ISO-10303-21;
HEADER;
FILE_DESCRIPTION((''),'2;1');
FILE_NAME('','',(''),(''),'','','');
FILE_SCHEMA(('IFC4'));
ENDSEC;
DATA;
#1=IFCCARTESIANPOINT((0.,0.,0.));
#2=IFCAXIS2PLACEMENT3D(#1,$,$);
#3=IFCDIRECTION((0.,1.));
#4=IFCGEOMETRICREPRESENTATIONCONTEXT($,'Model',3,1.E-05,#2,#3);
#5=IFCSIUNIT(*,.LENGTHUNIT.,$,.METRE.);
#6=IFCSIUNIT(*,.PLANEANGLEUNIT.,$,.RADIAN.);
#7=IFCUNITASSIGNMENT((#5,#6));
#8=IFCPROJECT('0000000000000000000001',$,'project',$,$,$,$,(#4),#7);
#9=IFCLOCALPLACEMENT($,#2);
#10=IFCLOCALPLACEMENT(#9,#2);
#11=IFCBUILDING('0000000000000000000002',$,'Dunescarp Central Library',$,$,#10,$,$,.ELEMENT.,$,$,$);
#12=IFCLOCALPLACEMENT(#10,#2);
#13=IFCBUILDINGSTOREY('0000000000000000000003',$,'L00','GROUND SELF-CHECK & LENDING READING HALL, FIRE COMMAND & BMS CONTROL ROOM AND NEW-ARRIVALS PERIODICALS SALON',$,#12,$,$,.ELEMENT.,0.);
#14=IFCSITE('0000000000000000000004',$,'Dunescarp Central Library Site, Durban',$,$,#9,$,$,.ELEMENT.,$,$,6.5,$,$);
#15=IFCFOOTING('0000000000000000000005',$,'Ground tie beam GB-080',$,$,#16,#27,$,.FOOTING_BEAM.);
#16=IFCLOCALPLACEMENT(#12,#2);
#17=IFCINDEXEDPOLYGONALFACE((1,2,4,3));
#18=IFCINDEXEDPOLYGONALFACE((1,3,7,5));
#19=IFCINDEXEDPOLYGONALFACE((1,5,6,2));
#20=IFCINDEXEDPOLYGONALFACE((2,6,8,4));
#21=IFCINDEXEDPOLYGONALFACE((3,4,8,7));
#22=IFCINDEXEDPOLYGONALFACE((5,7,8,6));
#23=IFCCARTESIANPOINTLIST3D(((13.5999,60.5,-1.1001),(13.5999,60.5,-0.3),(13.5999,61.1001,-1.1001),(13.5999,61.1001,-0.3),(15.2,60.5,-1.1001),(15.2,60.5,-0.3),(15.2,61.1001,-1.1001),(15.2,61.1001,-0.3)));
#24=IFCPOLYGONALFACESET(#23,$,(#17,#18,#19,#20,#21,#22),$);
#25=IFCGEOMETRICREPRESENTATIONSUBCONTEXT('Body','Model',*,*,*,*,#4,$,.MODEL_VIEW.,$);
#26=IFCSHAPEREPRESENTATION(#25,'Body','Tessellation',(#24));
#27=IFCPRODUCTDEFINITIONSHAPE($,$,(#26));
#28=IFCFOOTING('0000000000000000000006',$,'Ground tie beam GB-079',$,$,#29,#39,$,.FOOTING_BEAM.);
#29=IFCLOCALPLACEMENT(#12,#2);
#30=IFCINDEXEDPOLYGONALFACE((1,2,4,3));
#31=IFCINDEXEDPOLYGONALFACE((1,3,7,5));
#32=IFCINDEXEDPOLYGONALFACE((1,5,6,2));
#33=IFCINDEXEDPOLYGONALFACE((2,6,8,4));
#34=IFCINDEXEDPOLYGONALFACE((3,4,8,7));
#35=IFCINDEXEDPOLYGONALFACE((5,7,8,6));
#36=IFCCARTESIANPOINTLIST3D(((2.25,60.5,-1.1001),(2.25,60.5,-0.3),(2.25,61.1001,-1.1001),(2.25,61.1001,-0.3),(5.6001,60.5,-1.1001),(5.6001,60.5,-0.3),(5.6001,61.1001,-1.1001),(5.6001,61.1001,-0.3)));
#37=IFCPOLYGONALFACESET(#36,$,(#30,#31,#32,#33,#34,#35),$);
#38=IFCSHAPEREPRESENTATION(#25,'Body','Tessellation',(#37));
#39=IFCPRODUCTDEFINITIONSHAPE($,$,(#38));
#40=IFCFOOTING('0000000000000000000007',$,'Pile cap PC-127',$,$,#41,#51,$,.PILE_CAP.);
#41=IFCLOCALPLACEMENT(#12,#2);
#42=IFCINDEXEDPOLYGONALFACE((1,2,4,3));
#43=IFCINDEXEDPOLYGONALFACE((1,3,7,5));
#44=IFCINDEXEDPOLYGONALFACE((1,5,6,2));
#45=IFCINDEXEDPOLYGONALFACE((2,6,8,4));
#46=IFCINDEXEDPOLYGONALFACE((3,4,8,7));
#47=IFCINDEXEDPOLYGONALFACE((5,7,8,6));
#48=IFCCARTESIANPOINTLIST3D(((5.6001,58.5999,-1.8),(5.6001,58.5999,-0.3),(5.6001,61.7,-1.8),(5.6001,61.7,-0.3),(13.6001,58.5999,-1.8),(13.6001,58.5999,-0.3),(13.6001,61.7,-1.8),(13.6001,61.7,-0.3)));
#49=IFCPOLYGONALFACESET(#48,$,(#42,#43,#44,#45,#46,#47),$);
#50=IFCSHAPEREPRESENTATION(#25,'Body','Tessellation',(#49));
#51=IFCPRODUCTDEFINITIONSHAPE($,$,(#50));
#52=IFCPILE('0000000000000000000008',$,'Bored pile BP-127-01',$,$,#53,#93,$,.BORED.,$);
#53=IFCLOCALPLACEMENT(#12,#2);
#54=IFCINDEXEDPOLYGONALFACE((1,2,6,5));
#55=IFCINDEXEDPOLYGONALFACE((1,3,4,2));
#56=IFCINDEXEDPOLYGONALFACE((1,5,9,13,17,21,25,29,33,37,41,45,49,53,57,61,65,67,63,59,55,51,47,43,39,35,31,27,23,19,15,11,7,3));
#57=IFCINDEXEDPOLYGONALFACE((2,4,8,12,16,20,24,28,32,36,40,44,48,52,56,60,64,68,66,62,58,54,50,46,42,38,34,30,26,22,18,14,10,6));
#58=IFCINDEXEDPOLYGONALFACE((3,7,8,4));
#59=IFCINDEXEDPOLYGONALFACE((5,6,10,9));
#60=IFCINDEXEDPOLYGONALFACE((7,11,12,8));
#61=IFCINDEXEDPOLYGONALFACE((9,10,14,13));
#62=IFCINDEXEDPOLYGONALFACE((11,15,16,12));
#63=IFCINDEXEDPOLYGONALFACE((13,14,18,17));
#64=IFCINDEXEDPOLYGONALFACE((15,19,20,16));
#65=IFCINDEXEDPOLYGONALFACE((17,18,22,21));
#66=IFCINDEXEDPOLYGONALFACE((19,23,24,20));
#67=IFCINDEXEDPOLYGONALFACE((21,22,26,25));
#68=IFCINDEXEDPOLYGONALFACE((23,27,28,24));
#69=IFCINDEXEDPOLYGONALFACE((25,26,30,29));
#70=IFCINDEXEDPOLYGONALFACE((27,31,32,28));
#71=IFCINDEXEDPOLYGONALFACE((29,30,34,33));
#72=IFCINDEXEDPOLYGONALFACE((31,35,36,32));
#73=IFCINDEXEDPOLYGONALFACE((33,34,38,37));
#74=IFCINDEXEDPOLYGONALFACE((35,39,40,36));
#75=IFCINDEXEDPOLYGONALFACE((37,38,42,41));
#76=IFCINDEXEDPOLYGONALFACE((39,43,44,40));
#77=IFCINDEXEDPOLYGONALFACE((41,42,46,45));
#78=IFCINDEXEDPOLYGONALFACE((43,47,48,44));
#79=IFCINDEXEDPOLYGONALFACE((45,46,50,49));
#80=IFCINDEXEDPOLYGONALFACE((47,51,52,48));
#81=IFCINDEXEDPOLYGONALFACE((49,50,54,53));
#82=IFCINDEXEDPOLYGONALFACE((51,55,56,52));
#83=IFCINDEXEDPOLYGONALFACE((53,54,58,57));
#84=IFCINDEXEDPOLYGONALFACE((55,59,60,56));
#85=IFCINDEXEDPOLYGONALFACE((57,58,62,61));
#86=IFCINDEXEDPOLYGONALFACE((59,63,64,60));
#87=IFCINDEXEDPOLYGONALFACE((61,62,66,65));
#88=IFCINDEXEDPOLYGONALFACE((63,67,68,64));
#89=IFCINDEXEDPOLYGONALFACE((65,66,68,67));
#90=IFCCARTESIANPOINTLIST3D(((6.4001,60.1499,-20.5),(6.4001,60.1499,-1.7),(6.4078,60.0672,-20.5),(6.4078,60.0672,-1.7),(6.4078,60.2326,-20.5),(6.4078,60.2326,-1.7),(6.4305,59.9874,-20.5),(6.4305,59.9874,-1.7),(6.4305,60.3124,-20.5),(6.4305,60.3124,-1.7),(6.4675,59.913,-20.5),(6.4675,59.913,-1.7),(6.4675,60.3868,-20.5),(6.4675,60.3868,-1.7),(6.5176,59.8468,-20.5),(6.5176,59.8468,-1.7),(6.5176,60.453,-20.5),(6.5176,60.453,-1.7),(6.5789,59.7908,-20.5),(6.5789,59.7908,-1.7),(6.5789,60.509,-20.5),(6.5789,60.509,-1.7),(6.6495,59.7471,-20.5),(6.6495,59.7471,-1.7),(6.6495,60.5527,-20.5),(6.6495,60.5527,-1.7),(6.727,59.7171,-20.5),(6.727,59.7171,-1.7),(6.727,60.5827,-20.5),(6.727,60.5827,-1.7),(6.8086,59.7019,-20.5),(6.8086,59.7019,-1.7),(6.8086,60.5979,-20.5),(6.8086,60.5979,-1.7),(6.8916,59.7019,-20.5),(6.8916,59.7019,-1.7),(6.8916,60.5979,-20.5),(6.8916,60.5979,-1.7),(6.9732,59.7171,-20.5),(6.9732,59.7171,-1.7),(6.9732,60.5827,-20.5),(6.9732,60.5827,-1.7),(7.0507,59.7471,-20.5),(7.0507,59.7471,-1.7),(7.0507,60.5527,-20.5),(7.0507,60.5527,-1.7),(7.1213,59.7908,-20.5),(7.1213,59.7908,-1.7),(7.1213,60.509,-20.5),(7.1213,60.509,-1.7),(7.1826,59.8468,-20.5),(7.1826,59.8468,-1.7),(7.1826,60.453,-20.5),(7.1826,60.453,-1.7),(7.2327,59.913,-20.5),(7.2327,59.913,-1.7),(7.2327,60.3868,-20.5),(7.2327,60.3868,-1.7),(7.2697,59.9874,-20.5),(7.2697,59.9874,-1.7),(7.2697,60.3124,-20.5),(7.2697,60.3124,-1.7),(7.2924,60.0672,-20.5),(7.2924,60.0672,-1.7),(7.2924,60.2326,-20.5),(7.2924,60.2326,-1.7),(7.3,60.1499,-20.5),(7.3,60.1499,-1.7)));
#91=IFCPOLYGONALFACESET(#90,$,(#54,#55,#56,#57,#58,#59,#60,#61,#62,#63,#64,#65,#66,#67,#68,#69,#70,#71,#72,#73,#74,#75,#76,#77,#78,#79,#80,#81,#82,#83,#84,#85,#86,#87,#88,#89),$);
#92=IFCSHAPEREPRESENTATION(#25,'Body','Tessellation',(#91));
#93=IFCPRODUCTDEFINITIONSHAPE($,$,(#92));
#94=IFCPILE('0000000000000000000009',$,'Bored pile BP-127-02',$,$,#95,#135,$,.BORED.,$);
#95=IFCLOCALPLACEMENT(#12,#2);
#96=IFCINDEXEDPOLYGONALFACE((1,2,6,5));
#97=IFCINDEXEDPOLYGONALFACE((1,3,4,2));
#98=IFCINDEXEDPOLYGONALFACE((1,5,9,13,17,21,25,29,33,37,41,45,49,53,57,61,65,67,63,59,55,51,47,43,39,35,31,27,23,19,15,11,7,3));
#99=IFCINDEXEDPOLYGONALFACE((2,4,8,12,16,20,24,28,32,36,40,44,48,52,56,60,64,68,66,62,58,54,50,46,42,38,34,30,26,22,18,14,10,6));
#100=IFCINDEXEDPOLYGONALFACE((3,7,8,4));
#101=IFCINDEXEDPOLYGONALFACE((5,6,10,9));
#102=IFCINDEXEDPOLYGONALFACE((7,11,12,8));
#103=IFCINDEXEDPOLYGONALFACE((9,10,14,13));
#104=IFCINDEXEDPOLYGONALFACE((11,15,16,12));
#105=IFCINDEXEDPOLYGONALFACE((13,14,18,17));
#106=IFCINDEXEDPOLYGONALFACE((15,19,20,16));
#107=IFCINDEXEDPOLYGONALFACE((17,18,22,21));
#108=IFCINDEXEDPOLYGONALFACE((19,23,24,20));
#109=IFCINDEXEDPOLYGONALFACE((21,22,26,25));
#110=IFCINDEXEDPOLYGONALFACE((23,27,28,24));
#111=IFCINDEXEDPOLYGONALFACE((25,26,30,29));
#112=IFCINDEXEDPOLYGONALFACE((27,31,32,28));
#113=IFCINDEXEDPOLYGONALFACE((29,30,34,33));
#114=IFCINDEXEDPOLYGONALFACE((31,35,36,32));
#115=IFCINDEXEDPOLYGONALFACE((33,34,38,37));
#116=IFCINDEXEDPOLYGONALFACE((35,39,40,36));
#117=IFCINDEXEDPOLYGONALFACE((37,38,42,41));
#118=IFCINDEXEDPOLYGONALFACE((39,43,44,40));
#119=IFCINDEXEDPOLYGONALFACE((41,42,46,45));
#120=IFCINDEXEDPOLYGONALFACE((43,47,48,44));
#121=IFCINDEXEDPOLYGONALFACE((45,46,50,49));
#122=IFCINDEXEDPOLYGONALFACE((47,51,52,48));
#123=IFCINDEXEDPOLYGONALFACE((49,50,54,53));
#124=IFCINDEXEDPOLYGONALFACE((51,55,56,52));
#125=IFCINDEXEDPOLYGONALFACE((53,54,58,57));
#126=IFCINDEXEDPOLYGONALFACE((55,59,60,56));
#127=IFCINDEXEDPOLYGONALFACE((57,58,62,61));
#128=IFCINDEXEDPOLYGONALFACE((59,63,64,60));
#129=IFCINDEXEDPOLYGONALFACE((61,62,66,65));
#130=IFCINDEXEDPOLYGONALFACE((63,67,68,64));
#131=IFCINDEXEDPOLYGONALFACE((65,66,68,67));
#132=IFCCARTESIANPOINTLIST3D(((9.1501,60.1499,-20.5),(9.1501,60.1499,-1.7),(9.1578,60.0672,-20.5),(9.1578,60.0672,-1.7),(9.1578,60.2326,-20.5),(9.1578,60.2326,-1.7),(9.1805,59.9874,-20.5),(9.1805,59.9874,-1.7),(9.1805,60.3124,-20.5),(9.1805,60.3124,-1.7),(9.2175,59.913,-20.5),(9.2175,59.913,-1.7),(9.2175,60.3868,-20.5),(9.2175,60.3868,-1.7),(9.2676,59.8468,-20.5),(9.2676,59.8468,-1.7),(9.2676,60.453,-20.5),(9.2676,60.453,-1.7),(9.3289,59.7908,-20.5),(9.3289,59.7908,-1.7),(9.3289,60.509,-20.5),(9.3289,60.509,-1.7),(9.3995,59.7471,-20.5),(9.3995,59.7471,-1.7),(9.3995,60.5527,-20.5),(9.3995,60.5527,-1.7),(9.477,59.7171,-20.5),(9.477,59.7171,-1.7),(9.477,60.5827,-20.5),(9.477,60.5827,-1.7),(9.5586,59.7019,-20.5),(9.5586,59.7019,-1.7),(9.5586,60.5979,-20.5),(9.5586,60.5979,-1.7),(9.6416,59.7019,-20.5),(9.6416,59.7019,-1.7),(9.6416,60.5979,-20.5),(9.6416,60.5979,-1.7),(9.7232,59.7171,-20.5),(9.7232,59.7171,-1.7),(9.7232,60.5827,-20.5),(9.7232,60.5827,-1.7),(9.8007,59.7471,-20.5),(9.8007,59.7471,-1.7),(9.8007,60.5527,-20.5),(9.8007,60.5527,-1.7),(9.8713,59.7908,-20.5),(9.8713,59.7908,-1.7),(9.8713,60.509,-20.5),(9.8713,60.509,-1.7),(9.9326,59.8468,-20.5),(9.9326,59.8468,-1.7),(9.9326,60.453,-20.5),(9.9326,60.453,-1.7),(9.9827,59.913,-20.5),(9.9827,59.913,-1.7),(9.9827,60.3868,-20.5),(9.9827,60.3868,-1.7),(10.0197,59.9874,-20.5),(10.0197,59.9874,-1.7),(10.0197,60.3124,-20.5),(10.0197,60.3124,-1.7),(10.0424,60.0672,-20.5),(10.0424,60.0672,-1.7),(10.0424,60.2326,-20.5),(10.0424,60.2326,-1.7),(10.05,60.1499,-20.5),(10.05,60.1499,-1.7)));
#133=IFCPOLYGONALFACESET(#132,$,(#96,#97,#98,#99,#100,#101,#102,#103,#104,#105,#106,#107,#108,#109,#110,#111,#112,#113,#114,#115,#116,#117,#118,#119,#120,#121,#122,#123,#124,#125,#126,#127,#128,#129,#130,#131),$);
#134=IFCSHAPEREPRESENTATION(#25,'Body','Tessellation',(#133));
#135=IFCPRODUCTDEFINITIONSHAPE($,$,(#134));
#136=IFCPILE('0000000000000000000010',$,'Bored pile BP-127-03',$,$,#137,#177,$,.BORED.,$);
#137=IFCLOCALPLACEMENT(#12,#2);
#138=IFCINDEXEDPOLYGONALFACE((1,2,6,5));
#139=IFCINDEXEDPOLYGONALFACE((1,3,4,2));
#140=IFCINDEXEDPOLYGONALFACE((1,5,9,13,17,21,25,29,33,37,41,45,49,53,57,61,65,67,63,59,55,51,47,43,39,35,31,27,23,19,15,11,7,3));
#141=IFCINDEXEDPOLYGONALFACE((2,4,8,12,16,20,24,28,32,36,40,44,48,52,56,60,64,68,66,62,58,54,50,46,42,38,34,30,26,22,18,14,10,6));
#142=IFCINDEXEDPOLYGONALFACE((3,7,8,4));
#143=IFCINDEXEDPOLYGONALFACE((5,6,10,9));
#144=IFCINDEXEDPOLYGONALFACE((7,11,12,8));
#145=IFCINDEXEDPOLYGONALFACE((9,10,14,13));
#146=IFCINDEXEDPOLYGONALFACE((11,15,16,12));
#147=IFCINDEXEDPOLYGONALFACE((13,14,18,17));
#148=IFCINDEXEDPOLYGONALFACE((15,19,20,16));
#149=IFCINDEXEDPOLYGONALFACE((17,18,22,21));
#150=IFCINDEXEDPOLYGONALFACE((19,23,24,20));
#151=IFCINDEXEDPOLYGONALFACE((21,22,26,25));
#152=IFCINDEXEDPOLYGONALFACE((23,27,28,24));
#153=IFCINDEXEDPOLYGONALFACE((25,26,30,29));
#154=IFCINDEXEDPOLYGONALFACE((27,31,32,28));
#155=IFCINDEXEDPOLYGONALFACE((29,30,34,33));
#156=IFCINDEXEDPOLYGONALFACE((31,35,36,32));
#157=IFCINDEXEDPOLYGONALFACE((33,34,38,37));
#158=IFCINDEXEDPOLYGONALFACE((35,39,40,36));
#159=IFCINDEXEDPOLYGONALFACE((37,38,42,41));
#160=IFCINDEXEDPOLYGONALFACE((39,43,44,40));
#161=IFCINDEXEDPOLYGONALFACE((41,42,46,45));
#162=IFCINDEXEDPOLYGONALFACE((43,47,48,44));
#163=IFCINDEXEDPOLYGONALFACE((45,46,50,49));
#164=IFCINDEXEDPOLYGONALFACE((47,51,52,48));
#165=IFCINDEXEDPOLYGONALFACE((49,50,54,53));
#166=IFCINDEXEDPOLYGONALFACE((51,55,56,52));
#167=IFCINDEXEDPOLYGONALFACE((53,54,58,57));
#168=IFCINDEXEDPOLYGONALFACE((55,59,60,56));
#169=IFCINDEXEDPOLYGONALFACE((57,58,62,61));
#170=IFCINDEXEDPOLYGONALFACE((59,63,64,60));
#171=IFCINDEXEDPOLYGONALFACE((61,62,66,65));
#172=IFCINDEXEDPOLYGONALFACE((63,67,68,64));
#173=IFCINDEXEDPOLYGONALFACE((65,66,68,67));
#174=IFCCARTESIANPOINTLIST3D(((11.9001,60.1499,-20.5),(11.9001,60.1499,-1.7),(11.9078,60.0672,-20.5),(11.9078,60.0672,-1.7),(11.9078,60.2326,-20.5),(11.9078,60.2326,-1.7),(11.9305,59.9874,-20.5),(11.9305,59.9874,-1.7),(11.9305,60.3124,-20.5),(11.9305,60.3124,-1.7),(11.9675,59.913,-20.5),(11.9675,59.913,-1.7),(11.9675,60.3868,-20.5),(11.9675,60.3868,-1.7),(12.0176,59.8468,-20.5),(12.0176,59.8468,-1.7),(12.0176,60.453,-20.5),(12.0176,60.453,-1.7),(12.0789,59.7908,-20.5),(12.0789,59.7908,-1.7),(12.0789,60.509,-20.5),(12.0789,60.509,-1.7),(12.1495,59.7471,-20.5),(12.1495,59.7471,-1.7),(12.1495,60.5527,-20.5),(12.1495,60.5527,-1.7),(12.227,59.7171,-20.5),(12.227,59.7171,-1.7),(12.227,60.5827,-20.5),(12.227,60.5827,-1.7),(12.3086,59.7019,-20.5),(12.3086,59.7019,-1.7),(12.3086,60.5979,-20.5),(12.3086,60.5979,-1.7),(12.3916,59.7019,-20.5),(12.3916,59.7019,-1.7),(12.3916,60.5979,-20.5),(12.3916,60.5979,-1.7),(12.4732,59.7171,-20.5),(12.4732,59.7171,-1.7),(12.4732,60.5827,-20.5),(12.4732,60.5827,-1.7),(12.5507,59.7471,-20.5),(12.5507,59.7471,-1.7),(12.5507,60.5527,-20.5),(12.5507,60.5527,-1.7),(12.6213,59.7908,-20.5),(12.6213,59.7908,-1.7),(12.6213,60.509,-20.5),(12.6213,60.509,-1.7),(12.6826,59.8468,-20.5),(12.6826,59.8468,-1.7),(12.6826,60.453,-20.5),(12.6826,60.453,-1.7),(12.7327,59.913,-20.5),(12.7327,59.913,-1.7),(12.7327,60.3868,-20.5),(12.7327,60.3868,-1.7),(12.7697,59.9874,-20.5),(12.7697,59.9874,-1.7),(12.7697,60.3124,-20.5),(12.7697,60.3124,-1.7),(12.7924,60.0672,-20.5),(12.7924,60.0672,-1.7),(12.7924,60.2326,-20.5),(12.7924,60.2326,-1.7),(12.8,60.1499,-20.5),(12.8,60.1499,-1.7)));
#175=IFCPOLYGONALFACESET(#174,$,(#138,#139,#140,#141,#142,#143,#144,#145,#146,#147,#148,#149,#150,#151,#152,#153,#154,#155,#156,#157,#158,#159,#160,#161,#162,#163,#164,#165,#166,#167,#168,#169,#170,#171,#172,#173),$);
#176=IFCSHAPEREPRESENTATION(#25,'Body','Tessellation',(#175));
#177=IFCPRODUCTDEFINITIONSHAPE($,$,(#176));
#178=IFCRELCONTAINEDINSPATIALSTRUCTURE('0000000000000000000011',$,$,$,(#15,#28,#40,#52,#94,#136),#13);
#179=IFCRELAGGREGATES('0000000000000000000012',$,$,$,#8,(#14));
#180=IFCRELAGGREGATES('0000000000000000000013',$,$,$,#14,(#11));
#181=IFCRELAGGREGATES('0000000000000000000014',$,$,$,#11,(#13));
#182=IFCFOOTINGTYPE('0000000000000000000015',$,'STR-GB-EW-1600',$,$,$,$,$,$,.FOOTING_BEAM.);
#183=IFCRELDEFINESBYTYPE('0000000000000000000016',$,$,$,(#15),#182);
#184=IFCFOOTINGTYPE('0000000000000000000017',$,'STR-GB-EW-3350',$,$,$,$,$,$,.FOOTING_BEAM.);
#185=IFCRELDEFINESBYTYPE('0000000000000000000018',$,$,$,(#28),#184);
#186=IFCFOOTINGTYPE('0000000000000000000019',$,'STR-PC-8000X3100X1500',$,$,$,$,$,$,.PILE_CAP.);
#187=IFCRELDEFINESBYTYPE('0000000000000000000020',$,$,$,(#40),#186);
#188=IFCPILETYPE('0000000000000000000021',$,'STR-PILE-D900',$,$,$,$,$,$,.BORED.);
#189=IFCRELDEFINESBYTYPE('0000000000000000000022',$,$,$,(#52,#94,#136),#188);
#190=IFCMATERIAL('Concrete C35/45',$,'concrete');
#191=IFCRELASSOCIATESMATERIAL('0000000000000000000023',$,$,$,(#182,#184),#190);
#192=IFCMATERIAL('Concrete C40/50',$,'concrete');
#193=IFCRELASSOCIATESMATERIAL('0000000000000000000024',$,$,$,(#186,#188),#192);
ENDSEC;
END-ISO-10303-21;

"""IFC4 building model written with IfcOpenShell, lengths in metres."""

from ifc_helpers import new_model, si_unit, direction, frame, origin, origin_2d, place, context, subcontext, project, spatial, rectangle, circle, extrude, material, material_profile, profile_set, type_object, element, save


model = new_model("IFC4")

# Units and contexts
model_context = context("Model", 3, precision=1e-05, world=origin(), true_north=direction((0.0, 1.0)))
body_context = subcontext(model_context, "Body", "Model", "MODEL_VIEW")
ifc_project = project(units=[si_unit("LENGTHUNIT", "METRE"), si_unit("PLANEANGLEUNIT", "RADIAN")], contexts=[model_context])

# Site, building, storey
site_placement = place(None, origin())
site = spatial("IfcSite", under=ifc_project, at=site_placement, Name="Dunescarp Central Library Site, Durban", CompositionType="ELEMENT", RefElevation=6.5)
building_placement = place(site_placement, origin())
building = spatial("IfcBuilding", under=site, at=building_placement, Name="Dunescarp Central Library", CompositionType="ELEMENT")
storey_placement = place(building_placement, origin())
storey = spatial("IfcBuildingStorey", under=building, at=storey_placement, Name="L00", Description="GROUND SELF-CHECK & LENDING READING HALL, FIRE COMMAND & BMS CONTROL ROOM AND NEW-ARRIVALS PERIODICALS SALON", CompositionType="ELEMENT", Elevation=0.0)

# Footings
ifc_material_1 = material(Name="Concrete C35/45", Category="concrete")
footing_type_1 = type_object("IfcFootingType", Name="STR-GB-EW-1600", PredefinedType="FOOTING_BEAM", material=ifc_material_1)
footing_1_placement = place(storey_placement, frame((14.3999, 60.8, -1.1001), z_axis=(0.0, 0.0, 1.0), x_axis=(1.0, 0.0, 0.0)))
element("IfcFooting", 1, at=footing_1_placement, inside=storey, type_object=footing_type_1, Name="Ground tie beam GB-080", PredefinedType="FOOTING_BEAM", context=body_context, shape_type="SweptSolid", body=[
    extrude(rectangle(XDim=1.6001, YDim=0.6001, at=origin_2d()), origin(), (0.0, 0.0, 1.0), 0.8),
])
footing_type_2 = type_object("IfcFootingType", Name="STR-GB-EW-3350", PredefinedType="FOOTING_BEAM", material=ifc_material_1)
footing_2_placement = place(storey_placement, frame((3.925, 60.8, -1.1001), z_axis=(0.0, 0.0, 1.0), x_axis=(1.0, 0.0, 0.0)))
element("IfcFooting", 2, at=footing_2_placement, inside=storey, type_object=footing_type_2, Name="Ground tie beam GB-079", PredefinedType="FOOTING_BEAM", context=body_context, shape_type="SweptSolid", body=[
    extrude(rectangle(XDim=3.3501, YDim=0.6001, at=origin_2d()), origin(), (0.0, 0.0, 1.0), 0.8),
])
ifc_material_2 = material(Name="Concrete C40/50", Category="concrete")
footing_type_3 = type_object("IfcFootingType", Name="STR-PC-8000X3100X1500", PredefinedType="PILE_CAP", material=ifc_material_2)
footing_3_placement = place(storey_placement, frame((9.6001, 60.1499, -1.8), z_axis=(0.0, 0.0, 1.0), x_axis=(1.0, 0.0, 0.0)))
element("IfcFooting", 3, at=footing_3_placement, inside=storey, type_object=footing_type_3, Name="Pile cap PC-127", PredefinedType="PILE_CAP", context=body_context, shape_type="SweptSolid", body=[
    extrude(rectangle(XDim=8.0, YDim=3.1001, at=origin_2d()), origin(), (0.0, 0.0, 1.0), 1.5),
])

# Piles
ifc_material_profile_1 = material_profile(ifc_material_2, circle(Radius=0.45, at=origin_2d()), Name="PILE D900")
ifc_profile_set_1 = profile_set([ifc_material_profile_1], Name="Concrete C40/50")
pile_type = type_object("IfcPileType", Name="STR-PILE-D900", PredefinedType="BORED", material=ifc_profile_set_1)
for number, where, z_axis, x_axis, name in (
    (4, (6.8501, 60.1499, -1.7), (0.0, 0.0, -1.0), (1.0, 0.0, 0.0), "Bored pile BP-127-01"),
    (5, (9.6001, 60.1499, -1.7), (0.0, 0.0, -1.0), (1.0, 0.0, 0.0), "Bored pile BP-127-02"),
    (6, (12.3501, 60.1499, -1.7), (0.0, 0.0, -1.0), (1.0, 0.0, 0.0), "Bored pile BP-127-03"),
):
    element("IfcPile", number, at=place(storey_placement, frame(where, z_axis=z_axis, x_axis=x_axis)), inside=storey, type_object=pile_type, Name=name, PredefinedType="BORED", context=body_context, shape_type="SweptSolid", body=[
        extrude(circle(Radius=0.45, at=origin_2d()), origin(), (0.0, 0.0, 1.0), 18.8),
    ])

save(model, "model.ifc")
